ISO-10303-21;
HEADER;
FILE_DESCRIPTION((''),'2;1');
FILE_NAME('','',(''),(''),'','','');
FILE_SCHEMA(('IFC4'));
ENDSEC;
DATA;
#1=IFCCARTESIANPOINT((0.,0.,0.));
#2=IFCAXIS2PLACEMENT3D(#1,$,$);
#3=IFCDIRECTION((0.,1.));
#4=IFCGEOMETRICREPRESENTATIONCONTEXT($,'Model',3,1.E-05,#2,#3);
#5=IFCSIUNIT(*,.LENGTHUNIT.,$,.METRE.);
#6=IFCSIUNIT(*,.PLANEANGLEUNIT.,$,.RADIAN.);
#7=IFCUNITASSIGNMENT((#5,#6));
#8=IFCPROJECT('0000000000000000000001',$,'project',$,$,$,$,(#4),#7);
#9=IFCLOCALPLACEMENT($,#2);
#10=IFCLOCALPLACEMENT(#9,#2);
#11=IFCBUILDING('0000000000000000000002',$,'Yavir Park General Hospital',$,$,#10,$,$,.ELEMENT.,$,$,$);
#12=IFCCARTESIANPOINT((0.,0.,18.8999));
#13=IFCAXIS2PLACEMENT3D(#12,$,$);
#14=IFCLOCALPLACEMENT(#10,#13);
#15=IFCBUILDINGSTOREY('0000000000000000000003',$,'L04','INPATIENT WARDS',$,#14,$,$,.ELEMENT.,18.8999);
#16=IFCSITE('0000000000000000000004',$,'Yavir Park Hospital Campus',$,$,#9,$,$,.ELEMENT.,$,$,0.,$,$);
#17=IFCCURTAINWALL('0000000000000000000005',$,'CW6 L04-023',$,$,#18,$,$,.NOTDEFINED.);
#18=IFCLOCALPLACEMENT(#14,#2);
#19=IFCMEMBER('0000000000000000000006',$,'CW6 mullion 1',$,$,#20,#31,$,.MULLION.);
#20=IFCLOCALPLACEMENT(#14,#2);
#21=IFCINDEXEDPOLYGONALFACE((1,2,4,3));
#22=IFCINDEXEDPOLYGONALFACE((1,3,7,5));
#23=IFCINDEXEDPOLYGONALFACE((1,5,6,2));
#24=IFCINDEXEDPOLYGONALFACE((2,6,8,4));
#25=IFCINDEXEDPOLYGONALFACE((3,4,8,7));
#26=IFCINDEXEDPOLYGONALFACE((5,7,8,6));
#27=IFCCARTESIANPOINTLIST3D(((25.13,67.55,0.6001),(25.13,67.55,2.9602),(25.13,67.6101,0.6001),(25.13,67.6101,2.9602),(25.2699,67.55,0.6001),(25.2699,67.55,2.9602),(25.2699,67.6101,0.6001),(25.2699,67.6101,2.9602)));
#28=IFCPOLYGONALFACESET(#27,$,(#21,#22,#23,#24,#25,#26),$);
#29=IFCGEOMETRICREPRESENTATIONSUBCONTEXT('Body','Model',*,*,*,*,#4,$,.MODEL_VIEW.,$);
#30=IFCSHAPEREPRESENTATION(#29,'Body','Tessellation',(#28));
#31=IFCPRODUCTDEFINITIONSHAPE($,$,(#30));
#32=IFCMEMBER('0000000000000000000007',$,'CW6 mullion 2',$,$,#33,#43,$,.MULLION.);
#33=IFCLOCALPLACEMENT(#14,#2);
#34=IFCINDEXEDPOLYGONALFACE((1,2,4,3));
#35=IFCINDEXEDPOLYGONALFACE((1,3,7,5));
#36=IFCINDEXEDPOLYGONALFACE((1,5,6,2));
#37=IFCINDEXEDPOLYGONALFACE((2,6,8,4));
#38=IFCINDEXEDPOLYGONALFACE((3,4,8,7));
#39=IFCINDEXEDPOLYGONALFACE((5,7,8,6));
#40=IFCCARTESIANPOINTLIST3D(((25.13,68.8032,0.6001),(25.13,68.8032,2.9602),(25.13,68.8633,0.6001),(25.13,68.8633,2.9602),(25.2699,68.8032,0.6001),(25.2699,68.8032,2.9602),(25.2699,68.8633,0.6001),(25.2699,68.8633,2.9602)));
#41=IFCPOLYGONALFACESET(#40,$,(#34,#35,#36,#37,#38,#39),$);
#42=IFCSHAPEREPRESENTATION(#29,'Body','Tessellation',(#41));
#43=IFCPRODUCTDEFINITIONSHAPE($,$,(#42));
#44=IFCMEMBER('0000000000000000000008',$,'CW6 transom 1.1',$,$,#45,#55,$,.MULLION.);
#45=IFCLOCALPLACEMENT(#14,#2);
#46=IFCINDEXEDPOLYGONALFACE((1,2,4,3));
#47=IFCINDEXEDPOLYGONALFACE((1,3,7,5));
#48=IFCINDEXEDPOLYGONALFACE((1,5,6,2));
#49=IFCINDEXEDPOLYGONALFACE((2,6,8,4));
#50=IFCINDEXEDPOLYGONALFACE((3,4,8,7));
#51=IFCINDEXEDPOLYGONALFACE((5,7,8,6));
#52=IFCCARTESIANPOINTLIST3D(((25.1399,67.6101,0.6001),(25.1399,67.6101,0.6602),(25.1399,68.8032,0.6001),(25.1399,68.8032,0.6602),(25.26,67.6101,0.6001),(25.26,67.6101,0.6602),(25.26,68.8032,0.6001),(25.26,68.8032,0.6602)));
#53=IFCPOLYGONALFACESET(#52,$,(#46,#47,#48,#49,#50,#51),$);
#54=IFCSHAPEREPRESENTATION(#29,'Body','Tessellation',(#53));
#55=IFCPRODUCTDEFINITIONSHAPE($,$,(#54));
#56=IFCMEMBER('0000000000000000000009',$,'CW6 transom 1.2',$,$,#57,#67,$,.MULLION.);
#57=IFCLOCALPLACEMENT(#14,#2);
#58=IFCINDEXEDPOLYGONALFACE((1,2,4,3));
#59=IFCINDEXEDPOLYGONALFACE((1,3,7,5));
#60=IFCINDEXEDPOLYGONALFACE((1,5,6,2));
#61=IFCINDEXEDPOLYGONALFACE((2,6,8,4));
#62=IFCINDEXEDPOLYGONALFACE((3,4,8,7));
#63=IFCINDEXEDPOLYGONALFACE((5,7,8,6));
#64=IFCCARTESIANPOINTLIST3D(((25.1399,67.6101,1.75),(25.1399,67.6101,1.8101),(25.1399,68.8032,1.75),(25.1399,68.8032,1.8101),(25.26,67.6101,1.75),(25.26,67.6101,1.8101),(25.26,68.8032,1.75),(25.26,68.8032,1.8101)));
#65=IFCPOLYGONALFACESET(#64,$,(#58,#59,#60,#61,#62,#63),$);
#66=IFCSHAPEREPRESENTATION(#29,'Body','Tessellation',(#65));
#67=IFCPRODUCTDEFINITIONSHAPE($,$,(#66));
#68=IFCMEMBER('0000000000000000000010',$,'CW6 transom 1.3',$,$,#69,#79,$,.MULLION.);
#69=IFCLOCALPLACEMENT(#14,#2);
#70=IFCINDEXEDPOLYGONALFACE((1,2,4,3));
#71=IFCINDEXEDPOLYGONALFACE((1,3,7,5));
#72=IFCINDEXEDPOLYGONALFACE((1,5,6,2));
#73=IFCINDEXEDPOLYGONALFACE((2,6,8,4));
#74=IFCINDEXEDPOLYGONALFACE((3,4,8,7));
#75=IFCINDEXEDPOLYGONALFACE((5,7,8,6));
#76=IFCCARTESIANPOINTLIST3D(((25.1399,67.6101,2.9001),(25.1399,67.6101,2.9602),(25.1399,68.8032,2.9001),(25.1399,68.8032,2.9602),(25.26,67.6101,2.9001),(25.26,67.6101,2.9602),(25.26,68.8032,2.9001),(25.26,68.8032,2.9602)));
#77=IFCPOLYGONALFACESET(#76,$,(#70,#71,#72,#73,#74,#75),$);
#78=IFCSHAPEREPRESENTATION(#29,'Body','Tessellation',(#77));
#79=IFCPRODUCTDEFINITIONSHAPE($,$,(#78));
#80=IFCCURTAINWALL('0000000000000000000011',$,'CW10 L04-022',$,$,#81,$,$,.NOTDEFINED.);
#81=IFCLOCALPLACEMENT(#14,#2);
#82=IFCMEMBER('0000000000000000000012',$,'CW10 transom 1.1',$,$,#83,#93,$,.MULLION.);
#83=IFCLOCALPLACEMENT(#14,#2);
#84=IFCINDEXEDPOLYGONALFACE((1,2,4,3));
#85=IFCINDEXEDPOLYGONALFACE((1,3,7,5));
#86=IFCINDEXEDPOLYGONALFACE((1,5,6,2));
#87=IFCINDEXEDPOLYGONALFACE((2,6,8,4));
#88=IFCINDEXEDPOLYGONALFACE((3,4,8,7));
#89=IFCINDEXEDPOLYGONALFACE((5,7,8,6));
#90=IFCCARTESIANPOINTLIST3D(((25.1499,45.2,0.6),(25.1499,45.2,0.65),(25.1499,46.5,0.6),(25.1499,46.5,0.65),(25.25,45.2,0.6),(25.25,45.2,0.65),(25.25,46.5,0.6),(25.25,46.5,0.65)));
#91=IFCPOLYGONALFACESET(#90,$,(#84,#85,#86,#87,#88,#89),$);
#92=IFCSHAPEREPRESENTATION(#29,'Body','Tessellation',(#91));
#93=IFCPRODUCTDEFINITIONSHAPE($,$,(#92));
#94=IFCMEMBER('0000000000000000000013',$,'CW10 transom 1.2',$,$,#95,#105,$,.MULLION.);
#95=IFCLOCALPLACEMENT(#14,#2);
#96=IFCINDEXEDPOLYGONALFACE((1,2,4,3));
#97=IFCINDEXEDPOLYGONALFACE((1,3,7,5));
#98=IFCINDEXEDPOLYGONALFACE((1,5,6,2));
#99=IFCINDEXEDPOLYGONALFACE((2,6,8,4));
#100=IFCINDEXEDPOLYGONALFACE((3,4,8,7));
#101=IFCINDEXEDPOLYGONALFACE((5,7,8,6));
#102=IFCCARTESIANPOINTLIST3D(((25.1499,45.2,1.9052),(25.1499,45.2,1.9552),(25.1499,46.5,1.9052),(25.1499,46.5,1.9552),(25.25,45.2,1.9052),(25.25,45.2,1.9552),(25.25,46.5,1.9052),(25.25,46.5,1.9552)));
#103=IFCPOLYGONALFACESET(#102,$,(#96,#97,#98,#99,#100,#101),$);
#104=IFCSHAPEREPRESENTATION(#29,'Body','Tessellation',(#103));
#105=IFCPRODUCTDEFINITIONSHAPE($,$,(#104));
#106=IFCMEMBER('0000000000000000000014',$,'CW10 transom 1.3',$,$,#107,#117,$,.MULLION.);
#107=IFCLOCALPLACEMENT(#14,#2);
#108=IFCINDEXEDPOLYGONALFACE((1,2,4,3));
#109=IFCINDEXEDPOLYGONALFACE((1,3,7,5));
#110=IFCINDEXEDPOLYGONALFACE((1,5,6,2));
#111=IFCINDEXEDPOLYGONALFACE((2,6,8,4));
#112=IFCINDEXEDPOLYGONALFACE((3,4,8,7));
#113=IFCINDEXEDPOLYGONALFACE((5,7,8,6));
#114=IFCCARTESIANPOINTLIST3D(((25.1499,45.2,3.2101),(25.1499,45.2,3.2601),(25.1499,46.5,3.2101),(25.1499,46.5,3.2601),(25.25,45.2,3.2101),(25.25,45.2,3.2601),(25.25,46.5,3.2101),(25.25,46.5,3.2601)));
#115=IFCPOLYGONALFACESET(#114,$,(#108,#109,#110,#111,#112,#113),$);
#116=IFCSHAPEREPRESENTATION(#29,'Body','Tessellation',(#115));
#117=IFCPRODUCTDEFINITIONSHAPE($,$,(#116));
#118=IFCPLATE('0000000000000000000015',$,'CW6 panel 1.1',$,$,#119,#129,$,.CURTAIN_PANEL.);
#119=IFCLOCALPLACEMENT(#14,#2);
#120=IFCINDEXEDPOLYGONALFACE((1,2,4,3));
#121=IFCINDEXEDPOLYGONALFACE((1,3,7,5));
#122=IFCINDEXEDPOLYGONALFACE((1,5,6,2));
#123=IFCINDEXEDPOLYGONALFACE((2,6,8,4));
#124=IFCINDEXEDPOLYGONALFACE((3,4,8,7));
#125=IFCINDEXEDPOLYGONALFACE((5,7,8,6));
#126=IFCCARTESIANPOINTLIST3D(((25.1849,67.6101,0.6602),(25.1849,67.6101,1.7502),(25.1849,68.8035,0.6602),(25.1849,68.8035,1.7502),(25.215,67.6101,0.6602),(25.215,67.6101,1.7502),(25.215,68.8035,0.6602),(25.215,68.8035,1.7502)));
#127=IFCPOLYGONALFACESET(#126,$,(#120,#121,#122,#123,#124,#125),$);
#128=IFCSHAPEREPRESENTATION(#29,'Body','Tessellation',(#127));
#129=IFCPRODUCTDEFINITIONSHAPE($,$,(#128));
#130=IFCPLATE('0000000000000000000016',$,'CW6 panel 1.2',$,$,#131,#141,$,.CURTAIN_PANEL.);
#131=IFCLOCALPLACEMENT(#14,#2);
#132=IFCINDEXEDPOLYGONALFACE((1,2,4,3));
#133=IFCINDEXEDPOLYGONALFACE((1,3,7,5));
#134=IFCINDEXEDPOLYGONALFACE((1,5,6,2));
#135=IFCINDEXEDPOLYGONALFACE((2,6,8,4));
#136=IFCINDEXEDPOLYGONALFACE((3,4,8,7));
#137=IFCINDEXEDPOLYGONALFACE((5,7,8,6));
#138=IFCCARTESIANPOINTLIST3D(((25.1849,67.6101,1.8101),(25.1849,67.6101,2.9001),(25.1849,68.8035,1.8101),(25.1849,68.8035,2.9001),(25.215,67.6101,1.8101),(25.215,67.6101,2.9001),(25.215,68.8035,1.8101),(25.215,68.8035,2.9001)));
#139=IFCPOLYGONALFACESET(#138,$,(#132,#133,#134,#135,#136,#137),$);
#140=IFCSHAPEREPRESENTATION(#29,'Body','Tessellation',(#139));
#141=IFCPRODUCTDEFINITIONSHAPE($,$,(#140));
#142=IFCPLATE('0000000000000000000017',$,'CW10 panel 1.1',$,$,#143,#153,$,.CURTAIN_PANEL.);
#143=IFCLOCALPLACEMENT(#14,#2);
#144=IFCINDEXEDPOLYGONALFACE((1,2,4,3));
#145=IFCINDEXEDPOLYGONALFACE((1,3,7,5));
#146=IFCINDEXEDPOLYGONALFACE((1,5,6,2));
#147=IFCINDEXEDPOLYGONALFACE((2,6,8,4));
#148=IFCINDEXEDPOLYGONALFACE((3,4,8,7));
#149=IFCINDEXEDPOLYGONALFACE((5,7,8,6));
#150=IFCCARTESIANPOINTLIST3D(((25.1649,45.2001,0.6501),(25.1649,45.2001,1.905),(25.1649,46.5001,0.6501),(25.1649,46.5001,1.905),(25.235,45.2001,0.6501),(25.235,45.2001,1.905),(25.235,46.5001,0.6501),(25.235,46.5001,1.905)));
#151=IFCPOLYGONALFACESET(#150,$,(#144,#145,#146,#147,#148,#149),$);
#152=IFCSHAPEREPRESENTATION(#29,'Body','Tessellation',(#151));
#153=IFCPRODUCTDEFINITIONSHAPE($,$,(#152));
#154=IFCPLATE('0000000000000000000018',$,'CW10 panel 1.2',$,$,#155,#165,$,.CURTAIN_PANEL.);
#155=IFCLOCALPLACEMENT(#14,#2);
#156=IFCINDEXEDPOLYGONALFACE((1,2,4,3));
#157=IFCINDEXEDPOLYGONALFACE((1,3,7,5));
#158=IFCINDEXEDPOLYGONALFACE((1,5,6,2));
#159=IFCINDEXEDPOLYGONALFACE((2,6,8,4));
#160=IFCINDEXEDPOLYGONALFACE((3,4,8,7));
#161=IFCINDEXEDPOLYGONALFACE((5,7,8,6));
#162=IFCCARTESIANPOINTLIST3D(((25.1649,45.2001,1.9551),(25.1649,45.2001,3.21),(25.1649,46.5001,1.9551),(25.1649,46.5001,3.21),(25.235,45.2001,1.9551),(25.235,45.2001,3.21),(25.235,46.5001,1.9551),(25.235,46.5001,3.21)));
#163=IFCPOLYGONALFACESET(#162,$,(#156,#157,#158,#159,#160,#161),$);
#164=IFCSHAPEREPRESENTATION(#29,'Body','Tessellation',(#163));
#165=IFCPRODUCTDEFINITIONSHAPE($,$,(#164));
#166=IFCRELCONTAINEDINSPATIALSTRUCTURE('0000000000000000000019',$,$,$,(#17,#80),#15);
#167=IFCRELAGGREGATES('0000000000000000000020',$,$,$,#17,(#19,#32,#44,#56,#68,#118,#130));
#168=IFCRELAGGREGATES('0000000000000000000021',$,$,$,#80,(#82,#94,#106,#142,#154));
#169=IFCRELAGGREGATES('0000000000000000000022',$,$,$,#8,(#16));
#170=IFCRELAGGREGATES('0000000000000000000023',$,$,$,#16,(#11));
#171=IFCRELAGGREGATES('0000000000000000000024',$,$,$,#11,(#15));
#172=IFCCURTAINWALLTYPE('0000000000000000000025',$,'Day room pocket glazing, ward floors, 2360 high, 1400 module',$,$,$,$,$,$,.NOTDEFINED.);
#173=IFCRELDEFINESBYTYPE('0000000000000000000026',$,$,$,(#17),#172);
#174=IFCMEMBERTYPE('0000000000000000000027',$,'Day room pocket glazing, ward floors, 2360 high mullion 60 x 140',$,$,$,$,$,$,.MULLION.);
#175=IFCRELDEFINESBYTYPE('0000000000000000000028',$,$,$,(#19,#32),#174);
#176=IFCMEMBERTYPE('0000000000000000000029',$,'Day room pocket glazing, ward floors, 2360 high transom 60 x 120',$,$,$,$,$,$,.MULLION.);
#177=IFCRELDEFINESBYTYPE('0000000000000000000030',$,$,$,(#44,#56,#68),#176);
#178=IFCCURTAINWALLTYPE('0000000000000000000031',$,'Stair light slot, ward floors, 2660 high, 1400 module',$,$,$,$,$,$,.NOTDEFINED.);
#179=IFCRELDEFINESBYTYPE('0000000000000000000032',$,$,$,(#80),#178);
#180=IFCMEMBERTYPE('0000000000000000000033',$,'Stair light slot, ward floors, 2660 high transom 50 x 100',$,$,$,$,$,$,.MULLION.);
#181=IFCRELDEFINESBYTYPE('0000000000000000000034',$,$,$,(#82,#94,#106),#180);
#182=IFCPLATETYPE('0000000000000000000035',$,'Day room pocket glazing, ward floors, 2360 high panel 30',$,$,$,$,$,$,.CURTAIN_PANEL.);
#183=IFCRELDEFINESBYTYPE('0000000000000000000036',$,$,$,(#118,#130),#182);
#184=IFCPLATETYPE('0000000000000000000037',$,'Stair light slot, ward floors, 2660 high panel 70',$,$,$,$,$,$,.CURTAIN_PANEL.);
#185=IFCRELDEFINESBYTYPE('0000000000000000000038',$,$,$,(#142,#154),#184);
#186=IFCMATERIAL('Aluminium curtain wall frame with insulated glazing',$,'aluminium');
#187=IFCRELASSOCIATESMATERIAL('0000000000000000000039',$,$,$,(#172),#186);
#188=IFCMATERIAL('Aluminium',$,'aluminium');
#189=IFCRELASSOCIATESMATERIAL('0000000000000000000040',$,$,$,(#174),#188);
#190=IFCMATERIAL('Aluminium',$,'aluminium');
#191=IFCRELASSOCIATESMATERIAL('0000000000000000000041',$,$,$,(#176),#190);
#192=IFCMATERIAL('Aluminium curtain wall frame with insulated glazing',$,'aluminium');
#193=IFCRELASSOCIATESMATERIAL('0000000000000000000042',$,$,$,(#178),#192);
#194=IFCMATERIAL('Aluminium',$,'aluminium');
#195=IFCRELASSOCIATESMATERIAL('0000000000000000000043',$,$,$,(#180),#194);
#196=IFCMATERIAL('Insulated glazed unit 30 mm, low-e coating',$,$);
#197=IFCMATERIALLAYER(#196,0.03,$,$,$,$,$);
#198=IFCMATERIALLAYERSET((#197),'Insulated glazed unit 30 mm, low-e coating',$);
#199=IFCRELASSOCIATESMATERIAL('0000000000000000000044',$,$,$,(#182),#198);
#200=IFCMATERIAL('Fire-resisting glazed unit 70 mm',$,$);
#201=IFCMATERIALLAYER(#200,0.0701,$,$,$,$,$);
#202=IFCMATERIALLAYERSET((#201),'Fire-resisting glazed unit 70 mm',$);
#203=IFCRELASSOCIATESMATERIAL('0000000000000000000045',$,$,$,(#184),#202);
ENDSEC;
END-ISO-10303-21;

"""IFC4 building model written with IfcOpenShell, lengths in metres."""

from ifc_helpers import new_model, si_unit, direction, frame, origin, origin_2d, place, context, subcontext, project, spatial, rectangle, extrude, material, layer, layer_set, material_profile, profile_set, type_object, element, aggregate, save


model = new_model("IFC4")

# Units and contexts
model_context = context("Model", 3, precision=1e-05, world=origin(), true_north=direction((0.0, 1.0)))
body_context = subcontext(model_context, "Body", "Model", "MODEL_VIEW")
ifc_project = project(units=[si_unit("LENGTHUNIT", "METRE"), si_unit("PLANEANGLEUNIT", "RADIAN")], contexts=[model_context])

# Site, building, storey
site_placement = place(None, origin())
site = spatial("IfcSite", under=ifc_project, at=site_placement, Name="Yavir Park Hospital Campus", CompositionType="ELEMENT", RefElevation=0.0)
building_placement = place(site_placement, origin())
building = spatial("IfcBuilding", under=site, at=building_placement, Name="Yavir Park General Hospital", CompositionType="ELEMENT")
storey_placement = place(building_placement, frame((0.0, 0.0, 18.8999)))
storey = spatial("IfcBuildingStorey", under=building, at=storey_placement, Name="L04", Description="INPATIENT WARDS", CompositionType="ELEMENT", Elevation=18.8999)

# Curtain walls, members
ifc_material_1 = material(Name="Aluminium curtain wall frame with insulated glazing", Category="aluminium")
curtain_wall_type_1 = type_object("IfcCurtainWallType", Name="Day room pocket glazing, ward floors, 2360 high, 1400 module", PredefinedType="NOTDEFINED", material=ifc_material_1)
curtain_wall_1_placement = place(storey_placement, origin())
curtain_wall_1 = element("IfcCurtainWall", 1, at=curtain_wall_1_placement, inside=storey, type_object=curtain_wall_type_1, Name="CW6 L04-023", PredefinedType="NOTDEFINED")
ifc_material_2 = material(Name="Aluminium", Category="aluminium")
ifc_material_profile_1 = material_profile(ifc_material_2, rectangle(XDim=0.1399, YDim=0.0601, at=origin_2d()), Name="AL 60x140")
ifc_profile_set_1 = profile_set([ifc_material_profile_1], Name="Aluminium")
member_type_1 = type_object("IfcMemberType", Name="Day room pocket glazing, ward floors, 2360 high mullion 60 x 140", PredefinedType="MULLION", material=ifc_profile_set_1)
member_1_placement = place(storey_placement, frame((25.2, 67.5801, 0.6001), z_axis=(0.0, 0.0, 1.0), x_axis=(-1.0, 0.0, 0.0)))
member_1 = element("IfcMember", 2, at=member_1_placement, type_object=member_type_1, Name="CW6 mullion 1", PredefinedType="MULLION", context=body_context, shape_type="SweptSolid", body=[
    extrude(rectangle(XDim=0.1399, YDim=0.0601, at=origin_2d()), origin(), (0.0, 0.0, 1.0), 2.3601),
])
member_2_placement = place(storey_placement, frame((25.2, 68.8333, 0.6001), z_axis=(0.0, 0.0, 1.0), x_axis=(-1.0, 0.0, 0.0)))
member_2 = element("IfcMember", 3, at=member_2_placement, type_object=member_type_1, Name="CW6 mullion 2", PredefinedType="MULLION", context=body_context, shape_type="SweptSolid", body=[
    extrude(rectangle(XDim=0.1399, YDim=0.0601, at=origin_2d()), origin(), (0.0, 0.0, 1.0), 2.3601),
])
ifc_material_3 = material(Name="Aluminium", Category="aluminium")
ifc_material_profile_2 = material_profile(ifc_material_3, rectangle(XDim=0.1201, YDim=0.0601, at=origin_2d()), Name="AL 120x60")
ifc_profile_set_2 = profile_set([ifc_material_profile_2], Name="Aluminium")
member_type_2 = type_object("IfcMemberType", Name="Day room pocket glazing, ward floors, 2360 high transom 60 x 120", PredefinedType="MULLION", material=ifc_profile_set_2)
member_3_placement = place(storey_placement, frame((25.2, 67.6101, 0.6301), z_axis=(0.0, 1.0, 0.0), x_axis=(-1.0, 0.0, 0.0)))
member_3 = element("IfcMember", 4, at=member_3_placement, type_object=member_type_2, Name="CW6 transom 1.1", PredefinedType="MULLION", context=body_context, shape_type="SweptSolid", body=[
    extrude(rectangle(XDim=0.1201, YDim=0.0601, at=origin_2d()), origin(), (0.0, 0.0, 1.0), 1.1931),
])
member_4_placement = place(storey_placement, frame((25.2, 67.6101, 1.78), z_axis=(0.0, 1.0, 0.0), x_axis=(-1.0, 0.0, 0.0)))
member_4 = element("IfcMember", 5, at=member_4_placement, type_object=member_type_2, Name="CW6 transom 1.2", PredefinedType="MULLION", context=body_context, shape_type="SweptSolid", body=[
    extrude(rectangle(XDim=0.1201, YDim=0.0601, at=origin_2d()), origin(), (0.0, 0.0, 1.0), 1.1931),
])
member_5_placement = place(storey_placement, frame((25.2, 67.6101, 2.9302), z_axis=(0.0, 1.0, 0.0), x_axis=(-1.0, 0.0, 0.0)))
member_5 = element("IfcMember", 6, at=member_5_placement, type_object=member_type_2, Name="CW6 transom 1.3", PredefinedType="MULLION", context=body_context, shape_type="SweptSolid", body=[
    extrude(rectangle(XDim=0.1201, YDim=0.0601, at=origin_2d()), origin(), (0.0, 0.0, 1.0), 1.1931),
])
ifc_material_4 = material(Name="Aluminium curtain wall frame with insulated glazing", Category="aluminium")
curtain_wall_type_2 = type_object("IfcCurtainWallType", Name="Stair light slot, ward floors, 2660 high, 1400 module", PredefinedType="NOTDEFINED", material=ifc_material_4)
curtain_wall_2_placement = place(storey_placement, origin())
curtain_wall_2 = element("IfcCurtainWall", 7, at=curtain_wall_2_placement, inside=storey, type_object=curtain_wall_type_2, Name="CW10 L04-022", PredefinedType="NOTDEFINED")
ifc_material_5 = material(Name="Aluminium", Category="aluminium")
ifc_material_profile_3 = material_profile(ifc_material_5, rectangle(XDim=0.1001, YDim=0.05, at=origin_2d()), Name="AL 100x50")
ifc_profile_set_3 = profile_set([ifc_material_profile_3], Name="Aluminium")
member_type_3 = type_object("IfcMemberType", Name="Stair light slot, ward floors, 2660 high transom 50 x 100", PredefinedType="MULLION", material=ifc_profile_set_3)
member_6_placement = place(storey_placement, frame((25.2, 45.2, 0.625), z_axis=(0.0, 1.0, 0.0), x_axis=(-1.0, 0.0, 0.0)))
member_6 = element("IfcMember", 8, at=member_6_placement, type_object=member_type_3, Name="CW10 transom 1.1", PredefinedType="MULLION", context=body_context, shape_type="SweptSolid", body=[
    extrude(rectangle(XDim=0.1001, YDim=0.05, at=origin_2d()), origin(), (0.0, 0.0, 1.0), 1.3),
])
member_7_placement = place(storey_placement, frame((25.2, 45.2, 1.9302), z_axis=(0.0, 1.0, 0.0), x_axis=(-1.0, 0.0, 0.0)))
member_7 = element("IfcMember", 9, at=member_7_placement, type_object=member_type_3, Name="CW10 transom 1.2", PredefinedType="MULLION", context=body_context, shape_type="SweptSolid", body=[
    extrude(rectangle(XDim=0.1001, YDim=0.05, at=origin_2d()), origin(), (0.0, 0.0, 1.0), 1.3),
])
member_8_placement = place(storey_placement, frame((25.2, 45.2, 3.2351), z_axis=(0.0, 1.0, 0.0), x_axis=(-1.0, 0.0, 0.0)))
member_8 = element("IfcMember", 10, at=member_8_placement, type_object=member_type_3, Name="CW10 transom 1.3", PredefinedType="MULLION", context=body_context, shape_type="SweptSolid", body=[
    extrude(rectangle(XDim=0.1001, YDim=0.05, at=origin_2d()), origin(), (0.0, 0.0, 1.0), 1.3),
])

# Plates
ifc_material_6 = material(Name="Insulated glazed unit 30 mm, low-e coating")
ifc_layer_1 = layer(ifc_material_6, 0.03)
ifc_layer_set_1 = layer_set([ifc_layer_1], Name="Insulated glazed unit 30 mm, low-e coating")
plate_type_1 = type_object("IfcPlateType", Name="Day room pocket glazing, ward floors, 2360 high panel 30", PredefinedType="CURTAIN_PANEL", material=ifc_layer_set_1)
plate_1_placement = place(storey_placement, frame((25.2, 68.2068, 0.6602), z_axis=(0.0, 0.0, 1.0), x_axis=(0.0, 1.0, 0.0)))
plate_1 = element("IfcPlate", 11, at=plate_1_placement, type_object=plate_type_1, Name="CW6 panel 1.1", PredefinedType="CURTAIN_PANEL", context=body_context, shape_type="SweptSolid", body=[
    extrude(rectangle(XDim=1.1934, YDim=0.03, at=origin_2d()), origin(), (0.0, 0.0, 1.0), 1.0901),
])
plate_2_placement = place(storey_placement, frame((25.2, 68.2068, 1.8101), z_axis=(0.0, 0.0, 1.0), x_axis=(0.0, 1.0, 0.0)))
plate_2 = element("IfcPlate", 12, at=plate_2_placement, type_object=plate_type_1, Name="CW6 panel 1.2", PredefinedType="CURTAIN_PANEL", context=body_context, shape_type="SweptSolid", body=[
    extrude(rectangle(XDim=1.1934, YDim=0.03, at=origin_2d()), origin(), (0.0, 0.0, 1.0), 1.0901),
])
aggregate(curtain_wall_1, [member_1, member_2, member_3, member_4, member_5, plate_1, plate_2])
ifc_material_7 = material(Name="Fire-resisting glazed unit 70 mm")
ifc_layer_2 = layer(ifc_material_7, 0.0701)
ifc_layer_set_2 = layer_set([ifc_layer_2], Name="Fire-resisting glazed unit 70 mm")
plate_type_2 = type_object("IfcPlateType", Name="Stair light slot, ward floors, 2660 high panel 70", PredefinedType="CURTAIN_PANEL", material=ifc_layer_set_2)
plate_3_placement = place(storey_placement, frame((25.2, 45.8501, 0.6501), z_axis=(0.0, 0.0, 1.0), x_axis=(0.0, 1.0, 0.0)))
plate_3 = element("IfcPlate", 13, at=plate_3_placement, type_object=plate_type_2, Name="CW10 panel 1.1", PredefinedType="CURTAIN_PANEL", context=body_context, shape_type="SweptSolid", body=[
    extrude(rectangle(XDim=1.3, YDim=0.0701, at=origin_2d()), origin(), (0.0, 0.0, 1.0), 1.2549),
])
plate_4_placement = place(storey_placement, frame((25.2, 45.8501, 1.9551), z_axis=(0.0, 0.0, 1.0), x_axis=(0.0, 1.0, 0.0)))
plate_4 = element("IfcPlate", 14, at=plate_4_placement, type_object=plate_type_2, Name="CW10 panel 1.2", PredefinedType="CURTAIN_PANEL", context=body_context, shape_type="SweptSolid", body=[
    extrude(rectangle(XDim=1.3, YDim=0.0701, at=origin_2d()), origin(), (0.0, 0.0, 1.0), 1.2549),
])
aggregate(curtain_wall_2, [member_6, member_7, member_8, plate_3, plate_4])

save(model, "model.ifc")
